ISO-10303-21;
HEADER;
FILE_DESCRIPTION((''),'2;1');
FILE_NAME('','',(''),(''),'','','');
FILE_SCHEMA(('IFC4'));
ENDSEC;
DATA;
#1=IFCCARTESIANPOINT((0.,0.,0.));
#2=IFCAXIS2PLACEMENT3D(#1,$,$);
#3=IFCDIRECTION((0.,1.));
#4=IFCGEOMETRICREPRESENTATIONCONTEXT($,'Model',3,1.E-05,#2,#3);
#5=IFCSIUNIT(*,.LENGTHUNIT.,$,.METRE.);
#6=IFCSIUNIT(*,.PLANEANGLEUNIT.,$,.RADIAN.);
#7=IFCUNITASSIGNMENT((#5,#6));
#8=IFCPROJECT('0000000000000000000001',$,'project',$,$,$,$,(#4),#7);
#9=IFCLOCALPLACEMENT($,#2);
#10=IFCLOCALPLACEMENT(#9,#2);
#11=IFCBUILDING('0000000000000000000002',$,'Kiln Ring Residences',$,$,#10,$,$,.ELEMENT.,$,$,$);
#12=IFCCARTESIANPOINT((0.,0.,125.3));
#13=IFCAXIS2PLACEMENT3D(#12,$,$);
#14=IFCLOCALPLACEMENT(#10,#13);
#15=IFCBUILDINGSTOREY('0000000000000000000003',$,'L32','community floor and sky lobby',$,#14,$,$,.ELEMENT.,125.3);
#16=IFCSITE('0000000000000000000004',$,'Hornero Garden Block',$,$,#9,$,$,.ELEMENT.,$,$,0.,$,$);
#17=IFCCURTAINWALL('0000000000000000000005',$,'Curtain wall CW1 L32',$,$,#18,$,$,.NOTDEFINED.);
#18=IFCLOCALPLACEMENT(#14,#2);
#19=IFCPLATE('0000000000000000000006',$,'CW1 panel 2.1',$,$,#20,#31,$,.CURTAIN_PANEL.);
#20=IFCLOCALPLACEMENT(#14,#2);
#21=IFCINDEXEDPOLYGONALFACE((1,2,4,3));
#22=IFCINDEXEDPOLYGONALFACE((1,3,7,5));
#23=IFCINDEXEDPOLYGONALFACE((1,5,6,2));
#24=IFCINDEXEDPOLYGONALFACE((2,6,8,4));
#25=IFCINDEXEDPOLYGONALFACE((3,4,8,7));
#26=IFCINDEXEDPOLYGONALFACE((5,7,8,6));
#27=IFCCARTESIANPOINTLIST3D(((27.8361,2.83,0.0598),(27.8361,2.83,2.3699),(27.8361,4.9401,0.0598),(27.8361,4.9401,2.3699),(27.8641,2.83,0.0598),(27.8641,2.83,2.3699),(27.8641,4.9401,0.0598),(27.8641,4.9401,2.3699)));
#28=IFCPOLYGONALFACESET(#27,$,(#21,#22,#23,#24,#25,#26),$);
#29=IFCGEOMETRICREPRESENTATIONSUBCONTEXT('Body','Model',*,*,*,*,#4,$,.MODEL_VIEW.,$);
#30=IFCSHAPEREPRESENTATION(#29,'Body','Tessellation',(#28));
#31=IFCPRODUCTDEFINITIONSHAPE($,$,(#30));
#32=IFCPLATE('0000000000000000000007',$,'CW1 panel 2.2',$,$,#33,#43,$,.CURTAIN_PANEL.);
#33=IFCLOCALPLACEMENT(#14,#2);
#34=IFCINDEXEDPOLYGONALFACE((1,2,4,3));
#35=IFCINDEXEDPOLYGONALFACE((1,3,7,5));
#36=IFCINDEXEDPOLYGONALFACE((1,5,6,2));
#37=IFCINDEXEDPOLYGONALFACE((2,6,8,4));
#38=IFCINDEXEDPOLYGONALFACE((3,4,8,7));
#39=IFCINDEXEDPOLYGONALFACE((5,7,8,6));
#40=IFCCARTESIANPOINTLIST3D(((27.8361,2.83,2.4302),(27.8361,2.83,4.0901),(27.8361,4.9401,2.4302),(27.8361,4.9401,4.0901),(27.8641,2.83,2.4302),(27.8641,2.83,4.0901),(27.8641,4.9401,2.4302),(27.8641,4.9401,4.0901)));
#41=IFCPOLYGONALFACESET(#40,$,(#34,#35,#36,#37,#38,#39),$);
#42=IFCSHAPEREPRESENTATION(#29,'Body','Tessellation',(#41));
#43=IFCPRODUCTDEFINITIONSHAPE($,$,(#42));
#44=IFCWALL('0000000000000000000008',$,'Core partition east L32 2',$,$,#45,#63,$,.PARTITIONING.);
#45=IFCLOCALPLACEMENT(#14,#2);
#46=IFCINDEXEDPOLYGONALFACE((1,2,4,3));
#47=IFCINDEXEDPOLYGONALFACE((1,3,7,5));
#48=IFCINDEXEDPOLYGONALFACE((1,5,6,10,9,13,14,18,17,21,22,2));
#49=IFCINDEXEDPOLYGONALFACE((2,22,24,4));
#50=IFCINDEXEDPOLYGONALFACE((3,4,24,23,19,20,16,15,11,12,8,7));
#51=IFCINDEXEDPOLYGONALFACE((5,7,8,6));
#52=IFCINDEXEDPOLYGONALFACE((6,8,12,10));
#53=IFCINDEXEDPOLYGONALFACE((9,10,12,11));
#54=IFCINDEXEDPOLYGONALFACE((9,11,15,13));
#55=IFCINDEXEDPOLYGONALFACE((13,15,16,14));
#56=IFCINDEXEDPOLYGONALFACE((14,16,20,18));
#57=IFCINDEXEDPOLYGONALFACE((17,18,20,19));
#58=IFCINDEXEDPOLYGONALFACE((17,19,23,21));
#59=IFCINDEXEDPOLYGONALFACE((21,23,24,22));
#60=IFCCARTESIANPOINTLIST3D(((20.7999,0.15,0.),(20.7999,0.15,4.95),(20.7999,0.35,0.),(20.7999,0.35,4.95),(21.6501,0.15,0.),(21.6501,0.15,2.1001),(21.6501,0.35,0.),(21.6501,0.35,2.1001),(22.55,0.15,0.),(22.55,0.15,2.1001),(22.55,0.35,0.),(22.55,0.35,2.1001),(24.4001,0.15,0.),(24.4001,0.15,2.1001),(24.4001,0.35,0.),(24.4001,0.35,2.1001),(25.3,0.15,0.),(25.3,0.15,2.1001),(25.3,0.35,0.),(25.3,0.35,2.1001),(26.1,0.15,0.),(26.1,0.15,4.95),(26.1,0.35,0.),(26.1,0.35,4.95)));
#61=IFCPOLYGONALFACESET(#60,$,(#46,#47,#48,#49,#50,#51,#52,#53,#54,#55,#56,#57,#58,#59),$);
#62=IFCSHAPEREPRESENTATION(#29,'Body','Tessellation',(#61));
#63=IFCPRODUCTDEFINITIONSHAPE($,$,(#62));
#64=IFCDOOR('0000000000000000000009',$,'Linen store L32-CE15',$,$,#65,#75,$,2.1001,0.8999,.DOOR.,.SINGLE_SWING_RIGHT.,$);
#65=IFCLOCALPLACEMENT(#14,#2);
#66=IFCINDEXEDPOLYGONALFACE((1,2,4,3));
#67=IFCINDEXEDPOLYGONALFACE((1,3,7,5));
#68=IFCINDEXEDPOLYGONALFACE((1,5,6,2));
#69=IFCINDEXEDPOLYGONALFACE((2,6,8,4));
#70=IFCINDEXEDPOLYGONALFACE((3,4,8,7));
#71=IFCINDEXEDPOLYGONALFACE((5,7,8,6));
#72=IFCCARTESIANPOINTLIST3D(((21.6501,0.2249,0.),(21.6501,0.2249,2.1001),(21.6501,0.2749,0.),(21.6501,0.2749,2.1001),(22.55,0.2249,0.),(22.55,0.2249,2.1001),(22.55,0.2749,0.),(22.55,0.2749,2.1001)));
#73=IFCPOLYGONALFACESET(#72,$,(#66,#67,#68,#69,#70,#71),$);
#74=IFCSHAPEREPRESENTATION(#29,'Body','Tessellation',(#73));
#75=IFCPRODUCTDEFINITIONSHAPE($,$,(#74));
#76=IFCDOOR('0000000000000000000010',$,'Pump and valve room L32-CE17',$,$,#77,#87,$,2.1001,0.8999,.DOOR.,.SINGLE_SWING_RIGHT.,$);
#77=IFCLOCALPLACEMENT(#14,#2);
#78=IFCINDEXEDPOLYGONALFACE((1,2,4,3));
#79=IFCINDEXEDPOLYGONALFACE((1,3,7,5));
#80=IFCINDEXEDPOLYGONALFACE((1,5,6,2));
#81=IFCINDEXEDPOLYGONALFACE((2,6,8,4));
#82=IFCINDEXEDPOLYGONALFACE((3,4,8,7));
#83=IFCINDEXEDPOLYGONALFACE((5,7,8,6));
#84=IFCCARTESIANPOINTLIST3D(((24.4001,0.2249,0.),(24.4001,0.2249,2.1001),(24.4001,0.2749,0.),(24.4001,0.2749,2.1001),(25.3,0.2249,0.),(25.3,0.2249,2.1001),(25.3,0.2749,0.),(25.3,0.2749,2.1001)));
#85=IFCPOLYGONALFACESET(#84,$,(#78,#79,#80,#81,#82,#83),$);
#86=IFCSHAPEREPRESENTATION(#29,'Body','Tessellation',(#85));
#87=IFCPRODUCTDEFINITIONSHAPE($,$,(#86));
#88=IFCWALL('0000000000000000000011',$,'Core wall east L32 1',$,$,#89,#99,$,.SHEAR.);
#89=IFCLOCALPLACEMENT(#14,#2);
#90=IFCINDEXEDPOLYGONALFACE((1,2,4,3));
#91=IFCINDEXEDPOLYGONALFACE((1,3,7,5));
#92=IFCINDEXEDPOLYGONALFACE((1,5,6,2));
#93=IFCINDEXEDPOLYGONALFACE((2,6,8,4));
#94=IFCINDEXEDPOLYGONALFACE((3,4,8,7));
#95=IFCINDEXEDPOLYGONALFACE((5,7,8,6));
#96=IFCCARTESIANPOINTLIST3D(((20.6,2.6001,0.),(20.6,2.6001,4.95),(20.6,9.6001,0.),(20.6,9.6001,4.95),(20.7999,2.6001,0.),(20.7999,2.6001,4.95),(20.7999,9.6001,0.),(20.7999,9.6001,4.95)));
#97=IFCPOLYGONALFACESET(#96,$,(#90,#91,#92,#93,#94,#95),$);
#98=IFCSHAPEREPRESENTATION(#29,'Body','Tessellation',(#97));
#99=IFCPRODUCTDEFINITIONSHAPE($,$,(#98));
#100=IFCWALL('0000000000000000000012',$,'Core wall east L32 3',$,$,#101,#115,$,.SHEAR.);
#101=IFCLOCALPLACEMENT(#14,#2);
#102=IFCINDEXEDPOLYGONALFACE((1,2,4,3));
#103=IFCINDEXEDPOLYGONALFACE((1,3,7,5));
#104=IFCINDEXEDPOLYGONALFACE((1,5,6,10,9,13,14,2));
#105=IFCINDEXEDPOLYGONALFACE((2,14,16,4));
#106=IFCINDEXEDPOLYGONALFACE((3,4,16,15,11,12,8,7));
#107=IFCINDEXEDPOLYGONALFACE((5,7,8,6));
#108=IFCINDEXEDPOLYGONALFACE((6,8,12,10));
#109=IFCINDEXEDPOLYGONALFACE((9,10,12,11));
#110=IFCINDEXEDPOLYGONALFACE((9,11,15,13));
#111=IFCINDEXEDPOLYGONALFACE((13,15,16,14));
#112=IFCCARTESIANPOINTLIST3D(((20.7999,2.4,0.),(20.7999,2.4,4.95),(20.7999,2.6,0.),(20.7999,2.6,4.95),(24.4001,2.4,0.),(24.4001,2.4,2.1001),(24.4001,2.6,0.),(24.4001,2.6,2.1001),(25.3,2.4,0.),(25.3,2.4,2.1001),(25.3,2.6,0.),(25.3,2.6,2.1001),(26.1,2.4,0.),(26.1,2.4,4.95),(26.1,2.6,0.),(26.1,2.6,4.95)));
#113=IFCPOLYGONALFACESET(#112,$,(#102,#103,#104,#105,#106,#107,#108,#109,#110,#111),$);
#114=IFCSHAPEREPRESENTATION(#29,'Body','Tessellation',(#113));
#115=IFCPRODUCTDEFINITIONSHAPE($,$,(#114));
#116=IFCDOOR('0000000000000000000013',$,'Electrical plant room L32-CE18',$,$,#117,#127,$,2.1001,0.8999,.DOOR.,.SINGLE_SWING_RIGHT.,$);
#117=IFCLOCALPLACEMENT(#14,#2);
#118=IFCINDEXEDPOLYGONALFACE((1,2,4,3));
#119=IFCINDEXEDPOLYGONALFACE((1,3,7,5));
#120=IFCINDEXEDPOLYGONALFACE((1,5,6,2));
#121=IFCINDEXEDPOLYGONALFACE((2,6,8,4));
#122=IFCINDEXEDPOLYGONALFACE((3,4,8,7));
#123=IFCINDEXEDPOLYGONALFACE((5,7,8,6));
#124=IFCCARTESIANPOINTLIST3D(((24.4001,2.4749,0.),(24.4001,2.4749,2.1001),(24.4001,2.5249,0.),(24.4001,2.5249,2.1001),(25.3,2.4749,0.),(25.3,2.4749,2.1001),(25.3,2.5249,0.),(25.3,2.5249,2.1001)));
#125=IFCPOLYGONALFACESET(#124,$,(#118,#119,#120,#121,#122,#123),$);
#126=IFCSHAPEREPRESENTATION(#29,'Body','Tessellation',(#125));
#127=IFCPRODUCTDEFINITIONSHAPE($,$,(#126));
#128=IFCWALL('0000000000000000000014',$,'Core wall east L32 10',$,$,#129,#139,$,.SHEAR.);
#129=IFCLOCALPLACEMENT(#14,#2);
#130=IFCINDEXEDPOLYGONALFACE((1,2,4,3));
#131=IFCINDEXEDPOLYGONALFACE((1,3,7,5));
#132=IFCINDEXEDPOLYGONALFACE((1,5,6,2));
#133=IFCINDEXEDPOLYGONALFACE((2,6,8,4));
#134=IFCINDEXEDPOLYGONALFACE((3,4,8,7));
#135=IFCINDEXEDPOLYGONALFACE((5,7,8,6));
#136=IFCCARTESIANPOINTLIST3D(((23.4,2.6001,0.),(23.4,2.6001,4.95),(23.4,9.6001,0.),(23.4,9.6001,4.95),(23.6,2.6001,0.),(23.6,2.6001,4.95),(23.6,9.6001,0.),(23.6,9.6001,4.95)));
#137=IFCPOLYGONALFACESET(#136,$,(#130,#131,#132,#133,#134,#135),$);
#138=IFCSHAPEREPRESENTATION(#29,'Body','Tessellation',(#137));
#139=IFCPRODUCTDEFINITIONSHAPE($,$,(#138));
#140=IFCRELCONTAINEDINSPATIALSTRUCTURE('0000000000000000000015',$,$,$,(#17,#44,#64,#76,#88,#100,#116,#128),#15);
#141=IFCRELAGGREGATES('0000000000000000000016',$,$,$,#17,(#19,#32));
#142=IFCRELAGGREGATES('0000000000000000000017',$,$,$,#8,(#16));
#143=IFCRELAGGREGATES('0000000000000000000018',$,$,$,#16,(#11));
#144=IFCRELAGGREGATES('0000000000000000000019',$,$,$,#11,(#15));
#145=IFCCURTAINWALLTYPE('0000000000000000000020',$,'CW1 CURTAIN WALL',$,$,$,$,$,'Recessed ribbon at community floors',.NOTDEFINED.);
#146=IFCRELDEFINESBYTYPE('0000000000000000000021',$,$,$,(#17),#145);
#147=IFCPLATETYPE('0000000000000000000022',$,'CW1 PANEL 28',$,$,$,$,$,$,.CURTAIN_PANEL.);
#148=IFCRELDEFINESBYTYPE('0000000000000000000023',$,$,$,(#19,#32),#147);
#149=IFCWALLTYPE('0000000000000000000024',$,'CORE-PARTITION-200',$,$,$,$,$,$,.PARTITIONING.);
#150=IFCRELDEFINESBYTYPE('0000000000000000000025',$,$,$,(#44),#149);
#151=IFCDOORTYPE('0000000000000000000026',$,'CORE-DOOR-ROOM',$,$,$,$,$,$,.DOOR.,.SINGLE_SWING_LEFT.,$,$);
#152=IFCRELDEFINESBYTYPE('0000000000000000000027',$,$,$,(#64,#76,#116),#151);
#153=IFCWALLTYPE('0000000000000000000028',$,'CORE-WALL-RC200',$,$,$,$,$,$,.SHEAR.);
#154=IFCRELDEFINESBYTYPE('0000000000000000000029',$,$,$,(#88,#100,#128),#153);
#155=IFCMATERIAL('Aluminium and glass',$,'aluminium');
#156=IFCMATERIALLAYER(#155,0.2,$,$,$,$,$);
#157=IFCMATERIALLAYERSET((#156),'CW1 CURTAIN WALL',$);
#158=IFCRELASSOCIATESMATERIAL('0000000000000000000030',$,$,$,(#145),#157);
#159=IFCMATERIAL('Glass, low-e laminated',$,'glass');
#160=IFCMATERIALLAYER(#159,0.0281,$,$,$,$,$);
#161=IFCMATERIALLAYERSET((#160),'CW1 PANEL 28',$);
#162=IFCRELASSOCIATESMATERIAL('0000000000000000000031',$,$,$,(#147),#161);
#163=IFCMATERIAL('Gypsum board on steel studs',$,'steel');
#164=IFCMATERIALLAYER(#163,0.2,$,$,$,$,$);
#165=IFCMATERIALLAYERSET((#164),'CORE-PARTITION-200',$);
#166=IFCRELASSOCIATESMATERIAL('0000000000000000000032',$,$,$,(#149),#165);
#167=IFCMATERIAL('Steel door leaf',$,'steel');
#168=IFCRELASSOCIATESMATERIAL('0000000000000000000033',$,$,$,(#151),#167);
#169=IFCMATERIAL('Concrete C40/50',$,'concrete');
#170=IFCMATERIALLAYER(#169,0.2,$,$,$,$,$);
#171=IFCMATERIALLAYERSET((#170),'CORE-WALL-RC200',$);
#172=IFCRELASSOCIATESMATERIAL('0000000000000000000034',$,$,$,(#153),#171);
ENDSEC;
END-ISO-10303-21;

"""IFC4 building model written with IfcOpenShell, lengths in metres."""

from ifc_helpers import new_model, si_unit, direction, frame, frame_2d, origin, origin_2d, place, context, subcontext, project, spatial, rectangle, extrude, material, layer, layer_set, type_object, element, fill, aggregate, save


model = new_model("IFC4")

# Units and contexts
model_context = context("Model", 3, precision=1e-05, world=origin(), true_north=direction((0.0, 1.0)))
body_context = subcontext(model_context, "Body", "Model", "MODEL_VIEW")
ifc_project = project(units=[si_unit("LENGTHUNIT", "METRE"), si_unit("PLANEANGLEUNIT", "RADIAN")], contexts=[model_context])

# Site, building, storey
site_placement = place(None, origin())
site = spatial("IfcSite", under=ifc_project, at=site_placement, Name="Hornero Garden Block", CompositionType="ELEMENT", RefElevation=0.0)
building_placement = place(site_placement, origin())
building = spatial("IfcBuilding", under=site, at=building_placement, Name="Kiln Ring Residences", CompositionType="ELEMENT")
storey_placement = place(building_placement, frame((0.0, 0.0, 125.3)))
storey = spatial("IfcBuildingStorey", under=building, at=storey_placement, Name="L32", Description="community floor and sky lobby", CompositionType="ELEMENT", Elevation=125.3)

# Curtain wall
ifc_material_1 = material(Name="Aluminium and glass", Category="aluminium")
ifc_layer_1 = layer(ifc_material_1, 0.2)
ifc_layer_set_1 = layer_set([ifc_layer_1], Name="CW1 CURTAIN WALL")
curtain_wall_type = type_object("IfcCurtainWallType", Name="CW1 CURTAIN WALL", ElementType="Recessed ribbon at community floors", PredefinedType="NOTDEFINED", material=ifc_layer_set_1)
placement = place(storey_placement, origin())
curtain_wall = element("IfcCurtainWall", 1, at=placement, inside=storey, type_object=curtain_wall_type, Name="Curtain wall CW1 L32", PredefinedType="NOTDEFINED")

# Plates
ifc_material_2 = material(Name="Glass, low-e laminated", Category="glass")
ifc_layer_2 = layer(ifc_material_2, 0.0281)
ifc_layer_set_2 = layer_set([ifc_layer_2], Name="CW1 PANEL 28")
plate_type = type_object("IfcPlateType", Name="CW1 PANEL 28", PredefinedType="CURTAIN_PANEL", material=ifc_layer_set_2)
plate_1_placement = place(storey_placement, frame((27.8501, 3.885, 0.0598), z_axis=(0.0, 0.0, 1.0), x_axis=(0.0, 1.0, 0.0)))
plate_1 = element("IfcPlate", 2, at=plate_1_placement, type_object=plate_type, Name="CW1 panel 2.1", PredefinedType="CURTAIN_PANEL", context=body_context, shape_type="SweptSolid", body=[
    extrude(rectangle(XDim=2.1101, YDim=0.0281, at=origin_2d()), origin(), (0.0, 0.0, 1.0), 2.3101),
])
plate_2_placement = place(storey_placement, frame((27.8501, 3.885, 2.4302), z_axis=(0.0, 0.0, 1.0), x_axis=(0.0, 1.0, 0.0)))
plate_2 = element("IfcPlate", 3, at=plate_2_placement, type_object=plate_type, Name="CW1 panel 2.2", PredefinedType="CURTAIN_PANEL", context=body_context, shape_type="SweptSolid", body=[
    extrude(rectangle(XDim=2.1101, YDim=0.0281, at=origin_2d()), origin(), (0.0, 0.0, 1.0), 1.6599),
])
aggregate(curtain_wall, [plate_1, plate_2])

# Wall, openings, doors
ifc_material_3 = material(Name="Gypsum board on steel studs", Category="steel")
ifc_layer_3 = layer(ifc_material_3, 0.2)
ifc_layer_set_3 = layer_set([ifc_layer_3], Name="CORE-PARTITION-200")
wall_type_1 = type_object("IfcWallType", Name="CORE-PARTITION-200", PredefinedType="PARTITIONING", material=ifc_layer_set_3)
wall_1_placement = place(storey_placement, frame((20.8, 0.25, 0.0), z_axis=(0.0, 0.0, 1.0), x_axis=(1.0, 0.0, 0.0)))
wall_1 = element("IfcWall", 4, at=wall_1_placement, inside=storey, type_object=wall_type_1, Name="Core partition east L32 2", PredefinedType="PARTITIONING", context=body_context, shape_type="SweptSolid", body=[
    extrude(rectangle(XDim=5.3, YDim=0.2, at=frame_2d((2.6499, 0.0))), origin(), (0.0, 0.0, 1.0), 4.95),
])
opening_1_placement = place(wall_1_placement, frame((0.8501, 0.0, 0.0)))
opening_1 = element("IfcOpeningElement", 5, at=opening_1_placement, cuts=wall_1, PredefinedType="OPENING", context=body_context, shape_type="SweptSolid", body=[
    extrude(rectangle(XDim=0.8999, YDim=2.1001, at=frame_2d((0.45, 1.05))), frame((0.0, 0.1099, 0.0), z_axis=(0.0, -1.0, 0.0), x_axis=(1.0, 0.0, 0.0)), (0.0, 0.0, 1.0), 0.22),
])
opening_2_placement = place(wall_1_placement, frame((3.6001, 0.0, 0.0)))
opening_2 = element("IfcOpeningElement", 6, at=opening_2_placement, cuts=wall_1, PredefinedType="OPENING", context=body_context, shape_type="SweptSolid", body=[
    extrude(rectangle(XDim=0.8999, YDim=2.1001, at=frame_2d((0.45, 1.05))), frame((0.0, 0.1099, 0.0), z_axis=(0.0, -1.0, 0.0), x_axis=(1.0, 0.0, 0.0)), (0.0, 0.0, 1.0), 0.22),
])
ifc_material_4 = material(Name="Steel door leaf", Category="steel")
door_type = type_object("IfcDoorType", Name="CORE-DOOR-ROOM", OperationType="SINGLE_SWING_LEFT", PredefinedType="DOOR", material=ifc_material_4)
door_1_placement = place(opening_1_placement, origin())
door_1 = element("IfcDoor", 7, at=door_1_placement, inside=storey, type_object=door_type, Name="Linen store L32-CE15", OperationType="SINGLE_SWING_RIGHT", OverallHeight=2.1001, OverallWidth=0.8999, PredefinedType="DOOR", context=body_context, shape_type="SweptSolid", body=[
    extrude(rectangle(XDim=0.8999, YDim=2.1001, at=frame_2d((0.45, 1.05))), frame((0.0, 0.0249, 0.0), z_axis=(0.0, -1.0, 0.0), x_axis=(1.0, 0.0, 0.0)), (0.0, 0.0, 1.0), 0.05),
])
fill(opening_1, door_1)
door_2_placement = place(opening_2_placement, origin())
door_2 = element("IfcDoor", 8, at=door_2_placement, inside=storey, type_object=door_type, Name="Pump and valve room L32-CE17", OperationType="SINGLE_SWING_RIGHT", OverallHeight=2.1001, OverallWidth=0.8999, PredefinedType="DOOR", context=body_context, shape_type="SweptSolid", body=[
    extrude(rectangle(XDim=0.8999, YDim=2.1001, at=frame_2d((0.45, 1.05))), frame((0.0, 0.0249, 0.0), z_axis=(0.0, -1.0, 0.0), x_axis=(1.0, 0.0, 0.0)), (0.0, 0.0, 1.0), 0.05),
])
fill(opening_2, door_2)

# Wall
ifc_material_5 = material(Name="Concrete C40/50", Category="concrete")
ifc_layer_4 = layer(ifc_material_5, 0.2)
ifc_layer_set_4 = layer_set([ifc_layer_4], Name="CORE-WALL-RC200")
wall_type_2 = type_object("IfcWallType", Name="CORE-WALL-RC200", PredefinedType="SHEAR", material=ifc_layer_set_4)
wall_2_placement = place(storey_placement, frame((20.7, 2.6001, 0.0), z_axis=(0.0, 0.0, 1.0), x_axis=(0.0, 1.0, 0.0)))
element("IfcWall", 9, at=wall_2_placement, inside=storey, type_object=wall_type_2, Name="Core wall east L32 1", PredefinedType="SHEAR", context=body_context, shape_type="SweptSolid", body=[
    extrude(rectangle(XDim=7.0, YDim=0.2, at=frame_2d((3.5, 0.0))), origin(), (0.0, 0.0, 1.0), 4.95),
])

# Wall, opening, door
wall_3_placement = place(storey_placement, frame((20.8, 2.5, 0.0), z_axis=(0.0, 0.0, 1.0), x_axis=(1.0, 0.0, 0.0)))
wall_3 = element("IfcWall", 10, at=wall_3_placement, inside=storey, type_object=wall_type_2, Name="Core wall east L32 3", PredefinedType="SHEAR", context=body_context, shape_type="SweptSolid", body=[
    extrude(rectangle(XDim=5.3, YDim=0.2, at=frame_2d((2.6499, 0.0))), origin(), (0.0, 0.0, 1.0), 4.95),
])
opening_3_placement = place(wall_3_placement, frame((3.6001, 0.0, 0.0)))
opening_3 = element("IfcOpeningElement", 11, at=opening_3_placement, cuts=wall_3, PredefinedType="OPENING", context=body_context, shape_type="SweptSolid", body=[
    extrude(rectangle(XDim=0.8999, YDim=2.1001, at=frame_2d((0.45, 1.05))), frame((0.0, 0.1099, 0.0), z_axis=(0.0, -1.0, 0.0), x_axis=(1.0, 0.0, 0.0)), (0.0, 0.0, 1.0), 0.22),
])
door_3_placement = place(opening_3_placement, origin())
door_3 = element("IfcDoor", 12, at=door_3_placement, inside=storey, type_object=door_type, Name="Electrical plant room L32-CE18", OperationType="SINGLE_SWING_RIGHT", OverallHeight=2.1001, OverallWidth=0.8999, PredefinedType="DOOR", context=body_context, shape_type="SweptSolid", body=[
    extrude(rectangle(XDim=0.8999, YDim=2.1001, at=frame_2d((0.45, 1.05))), frame((0.0, 0.0249, 0.0), z_axis=(0.0, -1.0, 0.0), x_axis=(1.0, 0.0, 0.0)), (0.0, 0.0, 1.0), 0.05),
])
fill(opening_3, door_3)

# Wall
wall_4_placement = place(storey_placement, frame((23.5, 2.6001, 0.0), z_axis=(0.0, 0.0, 1.0), x_axis=(0.0, 1.0, 0.0)))
element("IfcWall", 13, at=wall_4_placement, inside=storey, type_object=wall_type_2, Name="Core wall east L32 10", PredefinedType="SHEAR", context=body_context, shape_type="SweptSolid", body=[
    extrude(rectangle(XDim=7.0, YDim=0.2, at=frame_2d((3.5, 0.0))), origin(), (0.0, 0.0, 1.0), 4.95),
])

save(model, "model.ifc")
